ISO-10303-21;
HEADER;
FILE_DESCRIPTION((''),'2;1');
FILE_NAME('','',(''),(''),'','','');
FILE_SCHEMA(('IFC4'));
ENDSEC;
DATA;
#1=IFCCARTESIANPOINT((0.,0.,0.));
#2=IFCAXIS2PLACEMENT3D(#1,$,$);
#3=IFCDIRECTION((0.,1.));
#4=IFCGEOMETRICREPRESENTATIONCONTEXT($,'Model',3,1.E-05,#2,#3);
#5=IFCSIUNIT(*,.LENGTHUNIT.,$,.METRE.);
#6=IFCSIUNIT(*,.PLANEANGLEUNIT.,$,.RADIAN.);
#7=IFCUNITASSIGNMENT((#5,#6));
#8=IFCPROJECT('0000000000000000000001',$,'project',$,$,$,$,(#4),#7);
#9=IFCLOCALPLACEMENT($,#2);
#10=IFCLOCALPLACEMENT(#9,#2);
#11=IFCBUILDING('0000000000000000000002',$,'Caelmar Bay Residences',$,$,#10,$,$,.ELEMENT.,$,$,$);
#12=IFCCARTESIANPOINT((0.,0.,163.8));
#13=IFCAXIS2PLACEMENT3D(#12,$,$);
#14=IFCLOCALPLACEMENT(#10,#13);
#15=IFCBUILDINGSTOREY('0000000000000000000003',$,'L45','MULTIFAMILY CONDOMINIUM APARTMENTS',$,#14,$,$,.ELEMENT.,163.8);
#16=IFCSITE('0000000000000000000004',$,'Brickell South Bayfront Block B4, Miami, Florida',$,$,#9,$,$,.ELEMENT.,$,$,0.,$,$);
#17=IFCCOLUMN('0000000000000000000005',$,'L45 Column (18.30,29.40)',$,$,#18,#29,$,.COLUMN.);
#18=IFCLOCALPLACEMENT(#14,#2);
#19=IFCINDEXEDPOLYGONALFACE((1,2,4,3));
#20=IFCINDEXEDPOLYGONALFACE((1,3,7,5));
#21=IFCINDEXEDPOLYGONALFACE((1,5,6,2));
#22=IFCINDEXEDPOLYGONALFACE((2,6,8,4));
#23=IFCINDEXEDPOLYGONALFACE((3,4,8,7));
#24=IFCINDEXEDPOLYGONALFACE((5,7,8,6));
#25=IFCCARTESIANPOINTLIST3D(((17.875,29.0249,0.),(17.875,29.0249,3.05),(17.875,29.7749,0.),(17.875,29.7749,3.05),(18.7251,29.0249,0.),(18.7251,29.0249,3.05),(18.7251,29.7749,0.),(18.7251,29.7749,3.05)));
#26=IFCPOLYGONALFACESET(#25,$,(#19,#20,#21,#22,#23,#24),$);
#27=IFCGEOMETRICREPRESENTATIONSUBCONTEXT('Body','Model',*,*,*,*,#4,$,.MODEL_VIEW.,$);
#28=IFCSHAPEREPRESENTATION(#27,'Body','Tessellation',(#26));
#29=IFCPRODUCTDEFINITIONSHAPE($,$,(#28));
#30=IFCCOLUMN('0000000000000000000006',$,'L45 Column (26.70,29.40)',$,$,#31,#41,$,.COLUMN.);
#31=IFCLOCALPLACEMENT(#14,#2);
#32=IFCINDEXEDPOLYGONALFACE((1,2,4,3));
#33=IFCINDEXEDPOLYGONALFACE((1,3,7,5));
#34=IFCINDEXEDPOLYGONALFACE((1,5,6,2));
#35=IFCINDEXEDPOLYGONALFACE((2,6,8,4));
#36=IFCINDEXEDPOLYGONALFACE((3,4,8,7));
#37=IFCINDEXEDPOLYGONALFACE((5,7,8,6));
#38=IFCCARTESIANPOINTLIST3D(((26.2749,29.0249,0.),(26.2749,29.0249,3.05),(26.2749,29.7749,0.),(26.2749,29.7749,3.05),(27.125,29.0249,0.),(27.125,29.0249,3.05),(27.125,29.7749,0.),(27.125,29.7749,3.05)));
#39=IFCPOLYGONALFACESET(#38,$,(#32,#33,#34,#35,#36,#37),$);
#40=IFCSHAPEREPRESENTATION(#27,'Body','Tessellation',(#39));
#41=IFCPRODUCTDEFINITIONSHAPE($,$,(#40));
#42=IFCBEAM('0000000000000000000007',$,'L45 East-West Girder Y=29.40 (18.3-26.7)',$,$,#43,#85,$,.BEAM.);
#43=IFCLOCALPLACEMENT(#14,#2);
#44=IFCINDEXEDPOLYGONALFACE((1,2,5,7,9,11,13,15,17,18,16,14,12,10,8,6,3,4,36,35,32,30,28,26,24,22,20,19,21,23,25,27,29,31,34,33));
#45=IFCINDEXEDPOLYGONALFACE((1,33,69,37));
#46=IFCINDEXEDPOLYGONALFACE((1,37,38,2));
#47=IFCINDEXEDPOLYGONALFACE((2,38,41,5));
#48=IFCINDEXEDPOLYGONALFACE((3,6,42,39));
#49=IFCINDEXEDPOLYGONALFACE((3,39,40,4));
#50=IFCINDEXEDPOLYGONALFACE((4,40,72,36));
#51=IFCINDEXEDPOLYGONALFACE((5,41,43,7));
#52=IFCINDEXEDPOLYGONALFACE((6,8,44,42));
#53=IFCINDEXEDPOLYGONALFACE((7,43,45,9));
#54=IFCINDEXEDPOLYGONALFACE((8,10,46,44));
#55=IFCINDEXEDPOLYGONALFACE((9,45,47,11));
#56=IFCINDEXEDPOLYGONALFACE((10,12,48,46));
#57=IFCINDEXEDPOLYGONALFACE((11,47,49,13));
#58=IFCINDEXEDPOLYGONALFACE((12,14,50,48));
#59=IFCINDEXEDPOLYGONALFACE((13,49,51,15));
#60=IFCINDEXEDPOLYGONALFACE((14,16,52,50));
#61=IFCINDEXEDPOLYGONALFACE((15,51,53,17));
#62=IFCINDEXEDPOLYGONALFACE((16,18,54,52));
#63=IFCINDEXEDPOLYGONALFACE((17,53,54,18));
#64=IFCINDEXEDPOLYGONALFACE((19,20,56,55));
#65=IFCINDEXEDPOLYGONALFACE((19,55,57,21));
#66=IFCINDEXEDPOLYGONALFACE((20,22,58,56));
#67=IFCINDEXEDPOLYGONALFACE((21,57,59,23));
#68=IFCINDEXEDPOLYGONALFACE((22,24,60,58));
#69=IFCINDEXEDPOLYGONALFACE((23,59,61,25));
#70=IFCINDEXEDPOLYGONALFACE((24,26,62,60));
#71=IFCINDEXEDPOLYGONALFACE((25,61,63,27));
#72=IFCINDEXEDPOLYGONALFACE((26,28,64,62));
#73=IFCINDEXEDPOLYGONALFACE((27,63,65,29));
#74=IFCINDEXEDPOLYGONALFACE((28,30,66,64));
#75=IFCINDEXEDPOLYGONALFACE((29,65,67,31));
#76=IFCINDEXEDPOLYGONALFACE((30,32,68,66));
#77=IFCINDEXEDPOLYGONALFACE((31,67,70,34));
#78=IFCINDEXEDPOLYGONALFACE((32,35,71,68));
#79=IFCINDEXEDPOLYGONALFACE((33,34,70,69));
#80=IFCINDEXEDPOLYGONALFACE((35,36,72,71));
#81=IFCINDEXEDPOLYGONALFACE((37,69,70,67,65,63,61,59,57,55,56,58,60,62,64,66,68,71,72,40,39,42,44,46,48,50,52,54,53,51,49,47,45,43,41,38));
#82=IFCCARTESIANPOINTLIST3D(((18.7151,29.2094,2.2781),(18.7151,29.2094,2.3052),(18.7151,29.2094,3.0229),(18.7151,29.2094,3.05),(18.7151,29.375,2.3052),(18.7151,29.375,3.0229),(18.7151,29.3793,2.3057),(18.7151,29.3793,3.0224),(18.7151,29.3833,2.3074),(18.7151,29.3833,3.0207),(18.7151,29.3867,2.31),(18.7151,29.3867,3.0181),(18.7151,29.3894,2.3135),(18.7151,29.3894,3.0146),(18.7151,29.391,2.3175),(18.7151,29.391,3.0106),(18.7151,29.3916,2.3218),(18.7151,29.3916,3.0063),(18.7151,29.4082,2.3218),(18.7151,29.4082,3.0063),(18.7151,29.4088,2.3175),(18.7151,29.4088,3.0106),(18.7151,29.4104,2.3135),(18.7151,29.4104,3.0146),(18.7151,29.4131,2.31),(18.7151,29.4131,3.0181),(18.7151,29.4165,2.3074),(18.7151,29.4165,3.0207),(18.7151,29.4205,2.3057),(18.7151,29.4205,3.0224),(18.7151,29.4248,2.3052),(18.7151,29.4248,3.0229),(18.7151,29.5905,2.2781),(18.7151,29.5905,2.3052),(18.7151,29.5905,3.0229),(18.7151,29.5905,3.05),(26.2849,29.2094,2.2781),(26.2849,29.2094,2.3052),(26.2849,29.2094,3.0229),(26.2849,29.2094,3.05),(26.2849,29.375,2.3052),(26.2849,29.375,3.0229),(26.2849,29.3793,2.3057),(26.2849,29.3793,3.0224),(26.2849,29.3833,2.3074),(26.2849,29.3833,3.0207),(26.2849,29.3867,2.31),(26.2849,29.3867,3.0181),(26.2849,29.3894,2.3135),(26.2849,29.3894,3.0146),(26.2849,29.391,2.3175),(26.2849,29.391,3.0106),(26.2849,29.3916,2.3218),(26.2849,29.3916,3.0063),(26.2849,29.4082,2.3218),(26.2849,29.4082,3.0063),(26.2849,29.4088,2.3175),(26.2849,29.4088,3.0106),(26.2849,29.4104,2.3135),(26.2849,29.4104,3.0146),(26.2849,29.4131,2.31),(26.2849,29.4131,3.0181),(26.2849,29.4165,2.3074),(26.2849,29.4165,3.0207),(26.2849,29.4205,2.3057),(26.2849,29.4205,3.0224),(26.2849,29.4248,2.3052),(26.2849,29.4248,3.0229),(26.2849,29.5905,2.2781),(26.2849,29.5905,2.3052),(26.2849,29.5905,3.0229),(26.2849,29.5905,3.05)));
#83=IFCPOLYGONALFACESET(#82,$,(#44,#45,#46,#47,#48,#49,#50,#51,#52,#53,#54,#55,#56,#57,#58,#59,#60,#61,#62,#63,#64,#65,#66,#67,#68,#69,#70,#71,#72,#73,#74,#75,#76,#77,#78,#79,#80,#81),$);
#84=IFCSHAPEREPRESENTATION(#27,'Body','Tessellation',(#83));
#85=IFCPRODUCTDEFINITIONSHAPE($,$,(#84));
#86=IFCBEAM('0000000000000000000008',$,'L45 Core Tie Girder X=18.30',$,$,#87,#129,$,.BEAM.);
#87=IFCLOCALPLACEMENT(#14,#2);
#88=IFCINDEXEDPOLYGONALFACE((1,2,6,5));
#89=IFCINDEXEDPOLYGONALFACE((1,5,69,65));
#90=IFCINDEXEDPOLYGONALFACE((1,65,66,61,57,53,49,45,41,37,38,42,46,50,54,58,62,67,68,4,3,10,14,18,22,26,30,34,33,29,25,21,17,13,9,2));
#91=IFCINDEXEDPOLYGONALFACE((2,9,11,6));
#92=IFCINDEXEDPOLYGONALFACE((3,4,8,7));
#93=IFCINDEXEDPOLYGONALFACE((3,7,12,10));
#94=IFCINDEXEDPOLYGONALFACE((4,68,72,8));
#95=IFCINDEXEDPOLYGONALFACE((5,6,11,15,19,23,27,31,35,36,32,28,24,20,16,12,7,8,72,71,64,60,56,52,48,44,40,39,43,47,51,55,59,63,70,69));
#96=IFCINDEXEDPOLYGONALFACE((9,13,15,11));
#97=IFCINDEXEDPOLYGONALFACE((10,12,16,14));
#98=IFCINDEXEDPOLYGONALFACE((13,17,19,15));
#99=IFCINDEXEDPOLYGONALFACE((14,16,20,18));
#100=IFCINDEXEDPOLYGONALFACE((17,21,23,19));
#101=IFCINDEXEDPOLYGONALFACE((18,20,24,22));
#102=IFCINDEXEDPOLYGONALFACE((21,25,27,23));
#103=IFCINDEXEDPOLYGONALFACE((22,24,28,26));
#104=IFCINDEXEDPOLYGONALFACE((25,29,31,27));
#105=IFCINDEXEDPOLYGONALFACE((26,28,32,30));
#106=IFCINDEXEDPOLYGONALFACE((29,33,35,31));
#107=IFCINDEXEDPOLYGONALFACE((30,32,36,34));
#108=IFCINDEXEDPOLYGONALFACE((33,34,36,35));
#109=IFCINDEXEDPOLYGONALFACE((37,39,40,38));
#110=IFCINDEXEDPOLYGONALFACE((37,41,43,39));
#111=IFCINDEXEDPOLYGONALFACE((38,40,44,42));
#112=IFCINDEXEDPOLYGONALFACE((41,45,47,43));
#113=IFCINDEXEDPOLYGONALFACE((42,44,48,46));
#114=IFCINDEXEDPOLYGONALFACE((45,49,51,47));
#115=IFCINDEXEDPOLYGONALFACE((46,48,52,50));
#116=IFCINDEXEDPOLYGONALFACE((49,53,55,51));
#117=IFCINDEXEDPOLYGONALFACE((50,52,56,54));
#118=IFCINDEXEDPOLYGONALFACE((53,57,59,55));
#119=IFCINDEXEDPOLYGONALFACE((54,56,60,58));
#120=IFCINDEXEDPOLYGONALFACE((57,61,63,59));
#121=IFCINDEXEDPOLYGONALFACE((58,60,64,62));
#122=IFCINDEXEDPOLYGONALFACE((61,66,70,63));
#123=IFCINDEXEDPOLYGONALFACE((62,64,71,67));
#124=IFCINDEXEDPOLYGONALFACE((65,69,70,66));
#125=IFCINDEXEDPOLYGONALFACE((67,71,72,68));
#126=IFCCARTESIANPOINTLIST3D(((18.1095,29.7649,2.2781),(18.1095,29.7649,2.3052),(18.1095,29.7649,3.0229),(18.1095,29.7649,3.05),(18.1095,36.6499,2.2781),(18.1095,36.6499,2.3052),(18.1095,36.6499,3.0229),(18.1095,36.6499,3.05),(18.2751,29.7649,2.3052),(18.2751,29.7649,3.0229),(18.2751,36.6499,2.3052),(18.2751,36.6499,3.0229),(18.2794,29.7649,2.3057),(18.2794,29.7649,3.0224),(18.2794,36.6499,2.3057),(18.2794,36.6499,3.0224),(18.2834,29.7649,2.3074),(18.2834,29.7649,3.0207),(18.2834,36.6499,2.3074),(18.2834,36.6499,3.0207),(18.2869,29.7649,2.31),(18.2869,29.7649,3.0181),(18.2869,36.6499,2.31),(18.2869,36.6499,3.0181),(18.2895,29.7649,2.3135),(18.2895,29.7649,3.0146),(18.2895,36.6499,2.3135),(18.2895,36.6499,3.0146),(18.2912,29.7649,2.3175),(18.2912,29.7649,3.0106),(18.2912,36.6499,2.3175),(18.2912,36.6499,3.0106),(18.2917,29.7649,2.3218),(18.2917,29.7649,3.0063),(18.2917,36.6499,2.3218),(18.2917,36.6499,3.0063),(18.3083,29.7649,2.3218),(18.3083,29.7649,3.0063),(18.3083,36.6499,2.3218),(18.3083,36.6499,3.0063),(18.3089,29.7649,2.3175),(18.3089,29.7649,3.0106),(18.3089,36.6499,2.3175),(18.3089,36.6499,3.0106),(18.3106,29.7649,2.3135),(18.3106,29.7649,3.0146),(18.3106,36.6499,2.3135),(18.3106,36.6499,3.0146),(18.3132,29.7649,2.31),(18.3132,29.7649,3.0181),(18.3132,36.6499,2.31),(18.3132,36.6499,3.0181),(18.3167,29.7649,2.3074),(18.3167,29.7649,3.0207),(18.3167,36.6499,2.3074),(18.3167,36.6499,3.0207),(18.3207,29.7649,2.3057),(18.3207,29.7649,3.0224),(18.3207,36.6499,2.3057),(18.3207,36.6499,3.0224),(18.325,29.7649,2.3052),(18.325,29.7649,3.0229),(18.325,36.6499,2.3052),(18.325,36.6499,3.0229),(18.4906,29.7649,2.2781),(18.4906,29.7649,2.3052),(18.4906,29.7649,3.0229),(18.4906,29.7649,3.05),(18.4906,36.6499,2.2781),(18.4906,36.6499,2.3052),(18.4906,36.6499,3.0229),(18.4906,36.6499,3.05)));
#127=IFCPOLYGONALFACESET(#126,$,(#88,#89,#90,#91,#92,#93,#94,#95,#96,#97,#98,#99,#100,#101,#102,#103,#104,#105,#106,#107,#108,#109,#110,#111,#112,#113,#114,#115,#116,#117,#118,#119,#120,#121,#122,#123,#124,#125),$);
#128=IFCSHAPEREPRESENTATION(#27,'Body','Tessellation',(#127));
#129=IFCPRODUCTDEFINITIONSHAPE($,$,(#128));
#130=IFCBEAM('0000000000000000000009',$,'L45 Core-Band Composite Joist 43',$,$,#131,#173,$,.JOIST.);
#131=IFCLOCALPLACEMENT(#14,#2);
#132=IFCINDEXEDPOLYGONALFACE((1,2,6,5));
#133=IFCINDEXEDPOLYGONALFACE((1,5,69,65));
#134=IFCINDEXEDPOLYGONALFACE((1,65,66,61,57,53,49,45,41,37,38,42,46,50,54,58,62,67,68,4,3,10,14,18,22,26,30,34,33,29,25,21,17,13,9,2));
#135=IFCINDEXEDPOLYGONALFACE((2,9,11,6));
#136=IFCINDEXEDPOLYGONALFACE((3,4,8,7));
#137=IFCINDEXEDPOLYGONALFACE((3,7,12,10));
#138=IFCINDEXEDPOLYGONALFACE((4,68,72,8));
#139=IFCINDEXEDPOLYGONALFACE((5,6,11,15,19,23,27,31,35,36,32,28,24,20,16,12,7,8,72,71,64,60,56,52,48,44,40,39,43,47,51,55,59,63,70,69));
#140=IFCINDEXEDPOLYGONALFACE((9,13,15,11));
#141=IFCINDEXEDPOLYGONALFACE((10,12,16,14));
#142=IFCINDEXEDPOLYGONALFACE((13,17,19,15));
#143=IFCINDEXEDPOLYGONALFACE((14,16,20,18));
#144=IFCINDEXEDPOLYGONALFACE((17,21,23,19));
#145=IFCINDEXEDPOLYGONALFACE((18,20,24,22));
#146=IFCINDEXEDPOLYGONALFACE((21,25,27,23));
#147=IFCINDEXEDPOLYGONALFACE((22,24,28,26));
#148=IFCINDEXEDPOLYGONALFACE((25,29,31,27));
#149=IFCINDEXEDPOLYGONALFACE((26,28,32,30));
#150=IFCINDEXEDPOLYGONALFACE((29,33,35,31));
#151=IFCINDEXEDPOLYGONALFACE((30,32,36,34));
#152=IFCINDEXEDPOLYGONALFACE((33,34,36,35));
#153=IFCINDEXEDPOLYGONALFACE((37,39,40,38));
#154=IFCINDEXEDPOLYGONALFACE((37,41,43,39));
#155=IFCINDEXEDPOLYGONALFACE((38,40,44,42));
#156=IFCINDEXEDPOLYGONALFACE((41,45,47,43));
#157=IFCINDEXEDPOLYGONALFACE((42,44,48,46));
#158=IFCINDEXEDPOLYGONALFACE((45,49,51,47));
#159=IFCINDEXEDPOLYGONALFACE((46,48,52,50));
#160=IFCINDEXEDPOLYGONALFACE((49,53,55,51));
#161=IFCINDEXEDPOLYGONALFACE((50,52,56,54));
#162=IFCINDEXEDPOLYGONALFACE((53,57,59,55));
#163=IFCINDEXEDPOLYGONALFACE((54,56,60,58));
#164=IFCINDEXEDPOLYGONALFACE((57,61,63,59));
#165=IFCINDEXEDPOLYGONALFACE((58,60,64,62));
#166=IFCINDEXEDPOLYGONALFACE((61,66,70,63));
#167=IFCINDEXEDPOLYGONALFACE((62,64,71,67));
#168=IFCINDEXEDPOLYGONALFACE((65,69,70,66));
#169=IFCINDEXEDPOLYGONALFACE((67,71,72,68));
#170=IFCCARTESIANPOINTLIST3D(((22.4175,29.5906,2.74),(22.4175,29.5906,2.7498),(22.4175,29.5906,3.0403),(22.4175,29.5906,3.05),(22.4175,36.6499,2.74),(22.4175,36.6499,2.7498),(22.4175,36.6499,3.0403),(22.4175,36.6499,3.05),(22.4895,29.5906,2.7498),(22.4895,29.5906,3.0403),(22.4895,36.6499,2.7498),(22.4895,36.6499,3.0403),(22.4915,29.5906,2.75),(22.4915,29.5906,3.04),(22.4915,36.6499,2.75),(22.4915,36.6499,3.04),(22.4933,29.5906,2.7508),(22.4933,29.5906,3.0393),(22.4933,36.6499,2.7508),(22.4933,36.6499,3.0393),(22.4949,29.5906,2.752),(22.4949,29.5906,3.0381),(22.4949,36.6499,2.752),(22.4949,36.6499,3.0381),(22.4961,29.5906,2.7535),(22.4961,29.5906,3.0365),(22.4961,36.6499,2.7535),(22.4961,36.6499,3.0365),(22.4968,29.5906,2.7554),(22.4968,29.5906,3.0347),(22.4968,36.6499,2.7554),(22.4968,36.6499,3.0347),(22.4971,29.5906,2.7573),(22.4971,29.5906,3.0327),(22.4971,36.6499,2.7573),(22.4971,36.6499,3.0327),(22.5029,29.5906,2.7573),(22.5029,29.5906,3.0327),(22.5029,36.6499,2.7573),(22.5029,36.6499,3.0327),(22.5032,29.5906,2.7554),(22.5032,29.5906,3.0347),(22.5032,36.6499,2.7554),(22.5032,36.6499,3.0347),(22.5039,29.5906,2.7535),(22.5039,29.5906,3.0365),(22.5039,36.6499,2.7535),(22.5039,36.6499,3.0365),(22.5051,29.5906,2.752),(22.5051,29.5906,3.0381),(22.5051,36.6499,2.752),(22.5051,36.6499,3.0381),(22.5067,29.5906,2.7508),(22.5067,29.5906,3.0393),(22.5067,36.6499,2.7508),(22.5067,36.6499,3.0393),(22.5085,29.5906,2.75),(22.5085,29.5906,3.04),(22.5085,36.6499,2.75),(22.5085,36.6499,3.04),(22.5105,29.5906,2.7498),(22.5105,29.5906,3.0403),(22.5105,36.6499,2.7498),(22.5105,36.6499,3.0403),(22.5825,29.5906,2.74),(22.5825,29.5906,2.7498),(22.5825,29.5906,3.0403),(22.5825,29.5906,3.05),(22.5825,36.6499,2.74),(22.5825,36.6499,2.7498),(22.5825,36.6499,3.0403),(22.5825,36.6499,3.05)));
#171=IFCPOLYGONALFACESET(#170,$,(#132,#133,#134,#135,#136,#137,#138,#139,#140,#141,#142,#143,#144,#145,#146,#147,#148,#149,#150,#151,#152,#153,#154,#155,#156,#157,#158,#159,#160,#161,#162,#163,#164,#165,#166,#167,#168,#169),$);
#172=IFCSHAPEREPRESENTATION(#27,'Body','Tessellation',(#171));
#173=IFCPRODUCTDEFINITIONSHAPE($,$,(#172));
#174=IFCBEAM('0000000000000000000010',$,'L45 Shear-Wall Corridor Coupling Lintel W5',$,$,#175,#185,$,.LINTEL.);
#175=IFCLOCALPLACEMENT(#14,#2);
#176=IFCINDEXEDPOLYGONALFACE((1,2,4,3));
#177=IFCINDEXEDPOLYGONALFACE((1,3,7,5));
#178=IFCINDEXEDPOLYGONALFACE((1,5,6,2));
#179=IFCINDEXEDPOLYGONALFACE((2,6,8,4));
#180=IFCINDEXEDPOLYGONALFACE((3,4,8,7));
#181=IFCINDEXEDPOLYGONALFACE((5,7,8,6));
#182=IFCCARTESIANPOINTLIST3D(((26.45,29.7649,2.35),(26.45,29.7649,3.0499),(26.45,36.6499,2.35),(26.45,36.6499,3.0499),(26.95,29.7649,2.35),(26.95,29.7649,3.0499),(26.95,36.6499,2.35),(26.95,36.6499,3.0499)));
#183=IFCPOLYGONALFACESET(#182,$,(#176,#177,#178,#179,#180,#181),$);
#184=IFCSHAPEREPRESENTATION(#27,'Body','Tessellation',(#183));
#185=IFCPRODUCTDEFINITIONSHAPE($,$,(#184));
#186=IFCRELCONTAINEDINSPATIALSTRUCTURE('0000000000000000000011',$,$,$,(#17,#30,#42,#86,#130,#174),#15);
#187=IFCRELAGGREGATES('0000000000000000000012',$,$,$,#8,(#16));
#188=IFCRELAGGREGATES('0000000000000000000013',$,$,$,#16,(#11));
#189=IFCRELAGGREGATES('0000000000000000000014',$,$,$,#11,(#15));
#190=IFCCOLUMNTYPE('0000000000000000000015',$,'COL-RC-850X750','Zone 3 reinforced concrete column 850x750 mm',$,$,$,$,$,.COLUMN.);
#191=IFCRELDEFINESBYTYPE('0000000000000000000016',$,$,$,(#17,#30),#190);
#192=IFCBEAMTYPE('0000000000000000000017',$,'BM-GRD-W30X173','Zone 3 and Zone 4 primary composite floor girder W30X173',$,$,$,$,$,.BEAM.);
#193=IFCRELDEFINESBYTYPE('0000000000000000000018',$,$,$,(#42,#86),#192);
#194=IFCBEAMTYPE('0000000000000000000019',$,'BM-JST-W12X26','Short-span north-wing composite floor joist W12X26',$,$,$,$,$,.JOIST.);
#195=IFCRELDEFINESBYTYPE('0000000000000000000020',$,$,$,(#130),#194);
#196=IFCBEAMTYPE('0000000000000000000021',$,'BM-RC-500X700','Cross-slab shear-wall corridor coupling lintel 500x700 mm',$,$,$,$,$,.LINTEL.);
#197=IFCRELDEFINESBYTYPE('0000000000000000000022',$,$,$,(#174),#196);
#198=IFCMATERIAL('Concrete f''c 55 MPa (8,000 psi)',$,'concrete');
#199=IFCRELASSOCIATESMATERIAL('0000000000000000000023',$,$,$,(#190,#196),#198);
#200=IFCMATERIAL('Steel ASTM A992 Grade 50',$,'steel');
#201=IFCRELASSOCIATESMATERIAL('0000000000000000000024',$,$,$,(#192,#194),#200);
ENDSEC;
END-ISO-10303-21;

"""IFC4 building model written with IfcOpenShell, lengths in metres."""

from ifc_helpers import new_model, si_unit, direction, frame, origin, origin_2d, place, context, subcontext, project, spatial, rectangle, i_section, extrude, material, material_profile, profile_set, type_object, element, save


model = new_model("IFC4")

# Units and contexts
model_context = context("Model", 3, precision=1e-05, world=origin(), true_north=direction((0.0, 1.0)))
body_context = subcontext(model_context, "Body", "Model", "MODEL_VIEW")
ifc_project = project(units=[si_unit("LENGTHUNIT", "METRE"), si_unit("PLANEANGLEUNIT", "RADIAN")], contexts=[model_context])

# Site, building, storey
site_placement = place(None, origin())
site = spatial("IfcSite", under=ifc_project, at=site_placement, Name="Brickell South Bayfront Block B4, Miami, Florida", CompositionType="ELEMENT", RefElevation=0.0)
building_placement = place(site_placement, origin())
building = spatial("IfcBuilding", under=site, at=building_placement, Name="Caelmar Bay Residences", CompositionType="ELEMENT")
storey_placement = place(building_placement, frame((0.0, 0.0, 163.8)))
storey = spatial("IfcBuildingStorey", under=building, at=storey_placement, Name="L45", Description="MULTIFAMILY CONDOMINIUM APARTMENTS", CompositionType="ELEMENT", Elevation=163.8)

# Columns
ifc_material_1 = material(Name="Concrete f'c 55 MPa (8,000 psi)", Category="concrete")
ifc_material_profile_1 = material_profile(ifc_material_1, rectangle(XDim=0.8501, YDim=0.75, at=origin_2d()), Name="RC-COL-850X750")
ifc_profile_set_1 = profile_set([ifc_material_profile_1], Name="Concrete f'c 55 MPa (8,000 psi)")
column_type = type_object("IfcColumnType", Name="COL-RC-850X750", Description="Zone 3 reinforced concrete column 850x750 mm", PredefinedType="COLUMN", material=ifc_profile_set_1)
for number, where, z_axis, x_axis, name in (
    (1, (18.3, 29.3999, 0.0), (0.0, 0.0, 1.0), (1.0, 0.0, 0.0), "L45 Column (18.30,29.40)"),
    (2, (26.7, 29.3999, 0.0), (0.0, 0.0, 1.0), (1.0, 0.0, 0.0), "L45 Column (26.70,29.40)"),
):
    element("IfcColumn", number, at=place(storey_placement, frame(where, z_axis=z_axis, x_axis=x_axis)), inside=storey, type_object=column_type, Name=name, PredefinedType="COLUMN", context=body_context, shape_type="SweptSolid", body=[
        extrude(rectangle(XDim=0.8501, YDim=0.75, at=origin_2d()), origin(), (0.0, 0.0, 1.0), 3.05),
    ])

# Beams
ifc_material_2 = material(Name="Steel ASTM A992 Grade 50", Category="steel")
ifc_material_profile_2 = material_profile(ifc_material_2, i_section(OverallWidth=0.3811, OverallDepth=0.772, WebThickness=0.0166, FlangeThickness=0.0271, FilletRadius=0.0166, at=origin_2d()), Name="W30X173")
ifc_profile_set_2 = profile_set([ifc_material_profile_2], Name="Steel ASTM A992 Grade 50")
beam_type_1 = type_object("IfcBeamType", Name="BM-GRD-W30X173", Description="Zone 3 and Zone 4 primary composite floor girder W30X173", PredefinedType="BEAM", material=ifc_profile_set_2)
beam_1_placement = place(storey_placement, frame((18.7151, 29.3999, 2.6641), z_axis=(1.0, 0.0, 0.0), x_axis=(0.0, 1.0, 0.0)))
element("IfcBeam", 3, at=beam_1_placement, inside=storey, type_object=beam_type_1, Name="L45 East-West Girder Y=29.40 (18.3-26.7)", PredefinedType="BEAM", context=body_context, shape_type="SweptSolid", body=[
    extrude(i_section(OverallWidth=0.3811, OverallDepth=0.772, WebThickness=0.0166, FlangeThickness=0.0271, FilletRadius=0.0166, at=origin_2d()), origin(), (0.0, 0.0, 1.0), 7.5698),
])
beam_2_placement = place(storey_placement, frame((18.3, 29.7649, 2.6641), z_axis=(0.0, 1.0, 0.0), x_axis=(-1.0, 0.0, 0.0)))
element("IfcBeam", 4, at=beam_2_placement, inside=storey, type_object=beam_type_1, Name="L45 Core Tie Girder X=18.30", PredefinedType="BEAM", context=body_context, shape_type="SweptSolid", body=[
    extrude(i_section(OverallWidth=0.3811, OverallDepth=0.772, WebThickness=0.0166, FlangeThickness=0.0271, FilletRadius=0.0166, at=origin_2d()), origin(), (0.0, 0.0, 1.0), 6.885),
])
ifc_material_profile_3 = material_profile(ifc_material_2, i_section(OverallWidth=0.165, OverallDepth=0.3101, WebThickness=0.0059, FlangeThickness=0.0098, FilletRadius=0.0076, at=origin_2d()), Name="W12X26")
ifc_profile_set_3 = profile_set([ifc_material_profile_3], Name="Steel ASTM A992 Grade 50")
beam_type_2 = type_object("IfcBeamType", Name="BM-JST-W12X26", Description="Short-span north-wing composite floor joist W12X26", PredefinedType="JOIST", material=ifc_profile_set_3)
beam_3_placement = place(storey_placement, frame((22.5, 29.5906, 2.895), z_axis=(0.0, 1.0, 0.0), x_axis=(-1.0, 0.0, 0.0)))
element("IfcBeam", 5, at=beam_3_placement, inside=storey, type_object=beam_type_2, Name="L45 Core-Band Composite Joist 43", PredefinedType="JOIST", context=body_context, shape_type="SweptSolid", body=[
    extrude(i_section(OverallWidth=0.165, OverallDepth=0.3101, WebThickness=0.0059, FlangeThickness=0.0098, FilletRadius=0.0076, at=origin_2d()), origin(), (0.0, 0.0, 1.0), 7.0593),
])
ifc_material_profile_4 = material_profile(ifc_material_1, rectangle(XDim=0.5, YDim=0.7, at=origin_2d()), Name="RC-BM-500X700")
ifc_profile_set_4 = profile_set([ifc_material_profile_4], Name="Concrete f'c 55 MPa (8,000 psi)")
beam_type_3 = type_object("IfcBeamType", Name="BM-RC-500X700", Description="Cross-slab shear-wall corridor coupling lintel 500x700 mm", PredefinedType="LINTEL", material=ifc_profile_set_4)
beam_4_placement = place(storey_placement, frame((26.7, 29.7649, 2.7), z_axis=(0.0, 1.0, 0.0), x_axis=(-1.0, 0.0, 0.0)))
element("IfcBeam", 6, at=beam_4_placement, inside=storey, type_object=beam_type_3, Name="L45 Shear-Wall Corridor Coupling Lintel W5", PredefinedType="LINTEL", context=body_context, shape_type="SweptSolid", body=[
    extrude(rectangle(XDim=0.5, YDim=0.7, at=origin_2d()), origin(), (0.0, 0.0, 1.0), 6.885),
])

save(model, "model.ifc")
